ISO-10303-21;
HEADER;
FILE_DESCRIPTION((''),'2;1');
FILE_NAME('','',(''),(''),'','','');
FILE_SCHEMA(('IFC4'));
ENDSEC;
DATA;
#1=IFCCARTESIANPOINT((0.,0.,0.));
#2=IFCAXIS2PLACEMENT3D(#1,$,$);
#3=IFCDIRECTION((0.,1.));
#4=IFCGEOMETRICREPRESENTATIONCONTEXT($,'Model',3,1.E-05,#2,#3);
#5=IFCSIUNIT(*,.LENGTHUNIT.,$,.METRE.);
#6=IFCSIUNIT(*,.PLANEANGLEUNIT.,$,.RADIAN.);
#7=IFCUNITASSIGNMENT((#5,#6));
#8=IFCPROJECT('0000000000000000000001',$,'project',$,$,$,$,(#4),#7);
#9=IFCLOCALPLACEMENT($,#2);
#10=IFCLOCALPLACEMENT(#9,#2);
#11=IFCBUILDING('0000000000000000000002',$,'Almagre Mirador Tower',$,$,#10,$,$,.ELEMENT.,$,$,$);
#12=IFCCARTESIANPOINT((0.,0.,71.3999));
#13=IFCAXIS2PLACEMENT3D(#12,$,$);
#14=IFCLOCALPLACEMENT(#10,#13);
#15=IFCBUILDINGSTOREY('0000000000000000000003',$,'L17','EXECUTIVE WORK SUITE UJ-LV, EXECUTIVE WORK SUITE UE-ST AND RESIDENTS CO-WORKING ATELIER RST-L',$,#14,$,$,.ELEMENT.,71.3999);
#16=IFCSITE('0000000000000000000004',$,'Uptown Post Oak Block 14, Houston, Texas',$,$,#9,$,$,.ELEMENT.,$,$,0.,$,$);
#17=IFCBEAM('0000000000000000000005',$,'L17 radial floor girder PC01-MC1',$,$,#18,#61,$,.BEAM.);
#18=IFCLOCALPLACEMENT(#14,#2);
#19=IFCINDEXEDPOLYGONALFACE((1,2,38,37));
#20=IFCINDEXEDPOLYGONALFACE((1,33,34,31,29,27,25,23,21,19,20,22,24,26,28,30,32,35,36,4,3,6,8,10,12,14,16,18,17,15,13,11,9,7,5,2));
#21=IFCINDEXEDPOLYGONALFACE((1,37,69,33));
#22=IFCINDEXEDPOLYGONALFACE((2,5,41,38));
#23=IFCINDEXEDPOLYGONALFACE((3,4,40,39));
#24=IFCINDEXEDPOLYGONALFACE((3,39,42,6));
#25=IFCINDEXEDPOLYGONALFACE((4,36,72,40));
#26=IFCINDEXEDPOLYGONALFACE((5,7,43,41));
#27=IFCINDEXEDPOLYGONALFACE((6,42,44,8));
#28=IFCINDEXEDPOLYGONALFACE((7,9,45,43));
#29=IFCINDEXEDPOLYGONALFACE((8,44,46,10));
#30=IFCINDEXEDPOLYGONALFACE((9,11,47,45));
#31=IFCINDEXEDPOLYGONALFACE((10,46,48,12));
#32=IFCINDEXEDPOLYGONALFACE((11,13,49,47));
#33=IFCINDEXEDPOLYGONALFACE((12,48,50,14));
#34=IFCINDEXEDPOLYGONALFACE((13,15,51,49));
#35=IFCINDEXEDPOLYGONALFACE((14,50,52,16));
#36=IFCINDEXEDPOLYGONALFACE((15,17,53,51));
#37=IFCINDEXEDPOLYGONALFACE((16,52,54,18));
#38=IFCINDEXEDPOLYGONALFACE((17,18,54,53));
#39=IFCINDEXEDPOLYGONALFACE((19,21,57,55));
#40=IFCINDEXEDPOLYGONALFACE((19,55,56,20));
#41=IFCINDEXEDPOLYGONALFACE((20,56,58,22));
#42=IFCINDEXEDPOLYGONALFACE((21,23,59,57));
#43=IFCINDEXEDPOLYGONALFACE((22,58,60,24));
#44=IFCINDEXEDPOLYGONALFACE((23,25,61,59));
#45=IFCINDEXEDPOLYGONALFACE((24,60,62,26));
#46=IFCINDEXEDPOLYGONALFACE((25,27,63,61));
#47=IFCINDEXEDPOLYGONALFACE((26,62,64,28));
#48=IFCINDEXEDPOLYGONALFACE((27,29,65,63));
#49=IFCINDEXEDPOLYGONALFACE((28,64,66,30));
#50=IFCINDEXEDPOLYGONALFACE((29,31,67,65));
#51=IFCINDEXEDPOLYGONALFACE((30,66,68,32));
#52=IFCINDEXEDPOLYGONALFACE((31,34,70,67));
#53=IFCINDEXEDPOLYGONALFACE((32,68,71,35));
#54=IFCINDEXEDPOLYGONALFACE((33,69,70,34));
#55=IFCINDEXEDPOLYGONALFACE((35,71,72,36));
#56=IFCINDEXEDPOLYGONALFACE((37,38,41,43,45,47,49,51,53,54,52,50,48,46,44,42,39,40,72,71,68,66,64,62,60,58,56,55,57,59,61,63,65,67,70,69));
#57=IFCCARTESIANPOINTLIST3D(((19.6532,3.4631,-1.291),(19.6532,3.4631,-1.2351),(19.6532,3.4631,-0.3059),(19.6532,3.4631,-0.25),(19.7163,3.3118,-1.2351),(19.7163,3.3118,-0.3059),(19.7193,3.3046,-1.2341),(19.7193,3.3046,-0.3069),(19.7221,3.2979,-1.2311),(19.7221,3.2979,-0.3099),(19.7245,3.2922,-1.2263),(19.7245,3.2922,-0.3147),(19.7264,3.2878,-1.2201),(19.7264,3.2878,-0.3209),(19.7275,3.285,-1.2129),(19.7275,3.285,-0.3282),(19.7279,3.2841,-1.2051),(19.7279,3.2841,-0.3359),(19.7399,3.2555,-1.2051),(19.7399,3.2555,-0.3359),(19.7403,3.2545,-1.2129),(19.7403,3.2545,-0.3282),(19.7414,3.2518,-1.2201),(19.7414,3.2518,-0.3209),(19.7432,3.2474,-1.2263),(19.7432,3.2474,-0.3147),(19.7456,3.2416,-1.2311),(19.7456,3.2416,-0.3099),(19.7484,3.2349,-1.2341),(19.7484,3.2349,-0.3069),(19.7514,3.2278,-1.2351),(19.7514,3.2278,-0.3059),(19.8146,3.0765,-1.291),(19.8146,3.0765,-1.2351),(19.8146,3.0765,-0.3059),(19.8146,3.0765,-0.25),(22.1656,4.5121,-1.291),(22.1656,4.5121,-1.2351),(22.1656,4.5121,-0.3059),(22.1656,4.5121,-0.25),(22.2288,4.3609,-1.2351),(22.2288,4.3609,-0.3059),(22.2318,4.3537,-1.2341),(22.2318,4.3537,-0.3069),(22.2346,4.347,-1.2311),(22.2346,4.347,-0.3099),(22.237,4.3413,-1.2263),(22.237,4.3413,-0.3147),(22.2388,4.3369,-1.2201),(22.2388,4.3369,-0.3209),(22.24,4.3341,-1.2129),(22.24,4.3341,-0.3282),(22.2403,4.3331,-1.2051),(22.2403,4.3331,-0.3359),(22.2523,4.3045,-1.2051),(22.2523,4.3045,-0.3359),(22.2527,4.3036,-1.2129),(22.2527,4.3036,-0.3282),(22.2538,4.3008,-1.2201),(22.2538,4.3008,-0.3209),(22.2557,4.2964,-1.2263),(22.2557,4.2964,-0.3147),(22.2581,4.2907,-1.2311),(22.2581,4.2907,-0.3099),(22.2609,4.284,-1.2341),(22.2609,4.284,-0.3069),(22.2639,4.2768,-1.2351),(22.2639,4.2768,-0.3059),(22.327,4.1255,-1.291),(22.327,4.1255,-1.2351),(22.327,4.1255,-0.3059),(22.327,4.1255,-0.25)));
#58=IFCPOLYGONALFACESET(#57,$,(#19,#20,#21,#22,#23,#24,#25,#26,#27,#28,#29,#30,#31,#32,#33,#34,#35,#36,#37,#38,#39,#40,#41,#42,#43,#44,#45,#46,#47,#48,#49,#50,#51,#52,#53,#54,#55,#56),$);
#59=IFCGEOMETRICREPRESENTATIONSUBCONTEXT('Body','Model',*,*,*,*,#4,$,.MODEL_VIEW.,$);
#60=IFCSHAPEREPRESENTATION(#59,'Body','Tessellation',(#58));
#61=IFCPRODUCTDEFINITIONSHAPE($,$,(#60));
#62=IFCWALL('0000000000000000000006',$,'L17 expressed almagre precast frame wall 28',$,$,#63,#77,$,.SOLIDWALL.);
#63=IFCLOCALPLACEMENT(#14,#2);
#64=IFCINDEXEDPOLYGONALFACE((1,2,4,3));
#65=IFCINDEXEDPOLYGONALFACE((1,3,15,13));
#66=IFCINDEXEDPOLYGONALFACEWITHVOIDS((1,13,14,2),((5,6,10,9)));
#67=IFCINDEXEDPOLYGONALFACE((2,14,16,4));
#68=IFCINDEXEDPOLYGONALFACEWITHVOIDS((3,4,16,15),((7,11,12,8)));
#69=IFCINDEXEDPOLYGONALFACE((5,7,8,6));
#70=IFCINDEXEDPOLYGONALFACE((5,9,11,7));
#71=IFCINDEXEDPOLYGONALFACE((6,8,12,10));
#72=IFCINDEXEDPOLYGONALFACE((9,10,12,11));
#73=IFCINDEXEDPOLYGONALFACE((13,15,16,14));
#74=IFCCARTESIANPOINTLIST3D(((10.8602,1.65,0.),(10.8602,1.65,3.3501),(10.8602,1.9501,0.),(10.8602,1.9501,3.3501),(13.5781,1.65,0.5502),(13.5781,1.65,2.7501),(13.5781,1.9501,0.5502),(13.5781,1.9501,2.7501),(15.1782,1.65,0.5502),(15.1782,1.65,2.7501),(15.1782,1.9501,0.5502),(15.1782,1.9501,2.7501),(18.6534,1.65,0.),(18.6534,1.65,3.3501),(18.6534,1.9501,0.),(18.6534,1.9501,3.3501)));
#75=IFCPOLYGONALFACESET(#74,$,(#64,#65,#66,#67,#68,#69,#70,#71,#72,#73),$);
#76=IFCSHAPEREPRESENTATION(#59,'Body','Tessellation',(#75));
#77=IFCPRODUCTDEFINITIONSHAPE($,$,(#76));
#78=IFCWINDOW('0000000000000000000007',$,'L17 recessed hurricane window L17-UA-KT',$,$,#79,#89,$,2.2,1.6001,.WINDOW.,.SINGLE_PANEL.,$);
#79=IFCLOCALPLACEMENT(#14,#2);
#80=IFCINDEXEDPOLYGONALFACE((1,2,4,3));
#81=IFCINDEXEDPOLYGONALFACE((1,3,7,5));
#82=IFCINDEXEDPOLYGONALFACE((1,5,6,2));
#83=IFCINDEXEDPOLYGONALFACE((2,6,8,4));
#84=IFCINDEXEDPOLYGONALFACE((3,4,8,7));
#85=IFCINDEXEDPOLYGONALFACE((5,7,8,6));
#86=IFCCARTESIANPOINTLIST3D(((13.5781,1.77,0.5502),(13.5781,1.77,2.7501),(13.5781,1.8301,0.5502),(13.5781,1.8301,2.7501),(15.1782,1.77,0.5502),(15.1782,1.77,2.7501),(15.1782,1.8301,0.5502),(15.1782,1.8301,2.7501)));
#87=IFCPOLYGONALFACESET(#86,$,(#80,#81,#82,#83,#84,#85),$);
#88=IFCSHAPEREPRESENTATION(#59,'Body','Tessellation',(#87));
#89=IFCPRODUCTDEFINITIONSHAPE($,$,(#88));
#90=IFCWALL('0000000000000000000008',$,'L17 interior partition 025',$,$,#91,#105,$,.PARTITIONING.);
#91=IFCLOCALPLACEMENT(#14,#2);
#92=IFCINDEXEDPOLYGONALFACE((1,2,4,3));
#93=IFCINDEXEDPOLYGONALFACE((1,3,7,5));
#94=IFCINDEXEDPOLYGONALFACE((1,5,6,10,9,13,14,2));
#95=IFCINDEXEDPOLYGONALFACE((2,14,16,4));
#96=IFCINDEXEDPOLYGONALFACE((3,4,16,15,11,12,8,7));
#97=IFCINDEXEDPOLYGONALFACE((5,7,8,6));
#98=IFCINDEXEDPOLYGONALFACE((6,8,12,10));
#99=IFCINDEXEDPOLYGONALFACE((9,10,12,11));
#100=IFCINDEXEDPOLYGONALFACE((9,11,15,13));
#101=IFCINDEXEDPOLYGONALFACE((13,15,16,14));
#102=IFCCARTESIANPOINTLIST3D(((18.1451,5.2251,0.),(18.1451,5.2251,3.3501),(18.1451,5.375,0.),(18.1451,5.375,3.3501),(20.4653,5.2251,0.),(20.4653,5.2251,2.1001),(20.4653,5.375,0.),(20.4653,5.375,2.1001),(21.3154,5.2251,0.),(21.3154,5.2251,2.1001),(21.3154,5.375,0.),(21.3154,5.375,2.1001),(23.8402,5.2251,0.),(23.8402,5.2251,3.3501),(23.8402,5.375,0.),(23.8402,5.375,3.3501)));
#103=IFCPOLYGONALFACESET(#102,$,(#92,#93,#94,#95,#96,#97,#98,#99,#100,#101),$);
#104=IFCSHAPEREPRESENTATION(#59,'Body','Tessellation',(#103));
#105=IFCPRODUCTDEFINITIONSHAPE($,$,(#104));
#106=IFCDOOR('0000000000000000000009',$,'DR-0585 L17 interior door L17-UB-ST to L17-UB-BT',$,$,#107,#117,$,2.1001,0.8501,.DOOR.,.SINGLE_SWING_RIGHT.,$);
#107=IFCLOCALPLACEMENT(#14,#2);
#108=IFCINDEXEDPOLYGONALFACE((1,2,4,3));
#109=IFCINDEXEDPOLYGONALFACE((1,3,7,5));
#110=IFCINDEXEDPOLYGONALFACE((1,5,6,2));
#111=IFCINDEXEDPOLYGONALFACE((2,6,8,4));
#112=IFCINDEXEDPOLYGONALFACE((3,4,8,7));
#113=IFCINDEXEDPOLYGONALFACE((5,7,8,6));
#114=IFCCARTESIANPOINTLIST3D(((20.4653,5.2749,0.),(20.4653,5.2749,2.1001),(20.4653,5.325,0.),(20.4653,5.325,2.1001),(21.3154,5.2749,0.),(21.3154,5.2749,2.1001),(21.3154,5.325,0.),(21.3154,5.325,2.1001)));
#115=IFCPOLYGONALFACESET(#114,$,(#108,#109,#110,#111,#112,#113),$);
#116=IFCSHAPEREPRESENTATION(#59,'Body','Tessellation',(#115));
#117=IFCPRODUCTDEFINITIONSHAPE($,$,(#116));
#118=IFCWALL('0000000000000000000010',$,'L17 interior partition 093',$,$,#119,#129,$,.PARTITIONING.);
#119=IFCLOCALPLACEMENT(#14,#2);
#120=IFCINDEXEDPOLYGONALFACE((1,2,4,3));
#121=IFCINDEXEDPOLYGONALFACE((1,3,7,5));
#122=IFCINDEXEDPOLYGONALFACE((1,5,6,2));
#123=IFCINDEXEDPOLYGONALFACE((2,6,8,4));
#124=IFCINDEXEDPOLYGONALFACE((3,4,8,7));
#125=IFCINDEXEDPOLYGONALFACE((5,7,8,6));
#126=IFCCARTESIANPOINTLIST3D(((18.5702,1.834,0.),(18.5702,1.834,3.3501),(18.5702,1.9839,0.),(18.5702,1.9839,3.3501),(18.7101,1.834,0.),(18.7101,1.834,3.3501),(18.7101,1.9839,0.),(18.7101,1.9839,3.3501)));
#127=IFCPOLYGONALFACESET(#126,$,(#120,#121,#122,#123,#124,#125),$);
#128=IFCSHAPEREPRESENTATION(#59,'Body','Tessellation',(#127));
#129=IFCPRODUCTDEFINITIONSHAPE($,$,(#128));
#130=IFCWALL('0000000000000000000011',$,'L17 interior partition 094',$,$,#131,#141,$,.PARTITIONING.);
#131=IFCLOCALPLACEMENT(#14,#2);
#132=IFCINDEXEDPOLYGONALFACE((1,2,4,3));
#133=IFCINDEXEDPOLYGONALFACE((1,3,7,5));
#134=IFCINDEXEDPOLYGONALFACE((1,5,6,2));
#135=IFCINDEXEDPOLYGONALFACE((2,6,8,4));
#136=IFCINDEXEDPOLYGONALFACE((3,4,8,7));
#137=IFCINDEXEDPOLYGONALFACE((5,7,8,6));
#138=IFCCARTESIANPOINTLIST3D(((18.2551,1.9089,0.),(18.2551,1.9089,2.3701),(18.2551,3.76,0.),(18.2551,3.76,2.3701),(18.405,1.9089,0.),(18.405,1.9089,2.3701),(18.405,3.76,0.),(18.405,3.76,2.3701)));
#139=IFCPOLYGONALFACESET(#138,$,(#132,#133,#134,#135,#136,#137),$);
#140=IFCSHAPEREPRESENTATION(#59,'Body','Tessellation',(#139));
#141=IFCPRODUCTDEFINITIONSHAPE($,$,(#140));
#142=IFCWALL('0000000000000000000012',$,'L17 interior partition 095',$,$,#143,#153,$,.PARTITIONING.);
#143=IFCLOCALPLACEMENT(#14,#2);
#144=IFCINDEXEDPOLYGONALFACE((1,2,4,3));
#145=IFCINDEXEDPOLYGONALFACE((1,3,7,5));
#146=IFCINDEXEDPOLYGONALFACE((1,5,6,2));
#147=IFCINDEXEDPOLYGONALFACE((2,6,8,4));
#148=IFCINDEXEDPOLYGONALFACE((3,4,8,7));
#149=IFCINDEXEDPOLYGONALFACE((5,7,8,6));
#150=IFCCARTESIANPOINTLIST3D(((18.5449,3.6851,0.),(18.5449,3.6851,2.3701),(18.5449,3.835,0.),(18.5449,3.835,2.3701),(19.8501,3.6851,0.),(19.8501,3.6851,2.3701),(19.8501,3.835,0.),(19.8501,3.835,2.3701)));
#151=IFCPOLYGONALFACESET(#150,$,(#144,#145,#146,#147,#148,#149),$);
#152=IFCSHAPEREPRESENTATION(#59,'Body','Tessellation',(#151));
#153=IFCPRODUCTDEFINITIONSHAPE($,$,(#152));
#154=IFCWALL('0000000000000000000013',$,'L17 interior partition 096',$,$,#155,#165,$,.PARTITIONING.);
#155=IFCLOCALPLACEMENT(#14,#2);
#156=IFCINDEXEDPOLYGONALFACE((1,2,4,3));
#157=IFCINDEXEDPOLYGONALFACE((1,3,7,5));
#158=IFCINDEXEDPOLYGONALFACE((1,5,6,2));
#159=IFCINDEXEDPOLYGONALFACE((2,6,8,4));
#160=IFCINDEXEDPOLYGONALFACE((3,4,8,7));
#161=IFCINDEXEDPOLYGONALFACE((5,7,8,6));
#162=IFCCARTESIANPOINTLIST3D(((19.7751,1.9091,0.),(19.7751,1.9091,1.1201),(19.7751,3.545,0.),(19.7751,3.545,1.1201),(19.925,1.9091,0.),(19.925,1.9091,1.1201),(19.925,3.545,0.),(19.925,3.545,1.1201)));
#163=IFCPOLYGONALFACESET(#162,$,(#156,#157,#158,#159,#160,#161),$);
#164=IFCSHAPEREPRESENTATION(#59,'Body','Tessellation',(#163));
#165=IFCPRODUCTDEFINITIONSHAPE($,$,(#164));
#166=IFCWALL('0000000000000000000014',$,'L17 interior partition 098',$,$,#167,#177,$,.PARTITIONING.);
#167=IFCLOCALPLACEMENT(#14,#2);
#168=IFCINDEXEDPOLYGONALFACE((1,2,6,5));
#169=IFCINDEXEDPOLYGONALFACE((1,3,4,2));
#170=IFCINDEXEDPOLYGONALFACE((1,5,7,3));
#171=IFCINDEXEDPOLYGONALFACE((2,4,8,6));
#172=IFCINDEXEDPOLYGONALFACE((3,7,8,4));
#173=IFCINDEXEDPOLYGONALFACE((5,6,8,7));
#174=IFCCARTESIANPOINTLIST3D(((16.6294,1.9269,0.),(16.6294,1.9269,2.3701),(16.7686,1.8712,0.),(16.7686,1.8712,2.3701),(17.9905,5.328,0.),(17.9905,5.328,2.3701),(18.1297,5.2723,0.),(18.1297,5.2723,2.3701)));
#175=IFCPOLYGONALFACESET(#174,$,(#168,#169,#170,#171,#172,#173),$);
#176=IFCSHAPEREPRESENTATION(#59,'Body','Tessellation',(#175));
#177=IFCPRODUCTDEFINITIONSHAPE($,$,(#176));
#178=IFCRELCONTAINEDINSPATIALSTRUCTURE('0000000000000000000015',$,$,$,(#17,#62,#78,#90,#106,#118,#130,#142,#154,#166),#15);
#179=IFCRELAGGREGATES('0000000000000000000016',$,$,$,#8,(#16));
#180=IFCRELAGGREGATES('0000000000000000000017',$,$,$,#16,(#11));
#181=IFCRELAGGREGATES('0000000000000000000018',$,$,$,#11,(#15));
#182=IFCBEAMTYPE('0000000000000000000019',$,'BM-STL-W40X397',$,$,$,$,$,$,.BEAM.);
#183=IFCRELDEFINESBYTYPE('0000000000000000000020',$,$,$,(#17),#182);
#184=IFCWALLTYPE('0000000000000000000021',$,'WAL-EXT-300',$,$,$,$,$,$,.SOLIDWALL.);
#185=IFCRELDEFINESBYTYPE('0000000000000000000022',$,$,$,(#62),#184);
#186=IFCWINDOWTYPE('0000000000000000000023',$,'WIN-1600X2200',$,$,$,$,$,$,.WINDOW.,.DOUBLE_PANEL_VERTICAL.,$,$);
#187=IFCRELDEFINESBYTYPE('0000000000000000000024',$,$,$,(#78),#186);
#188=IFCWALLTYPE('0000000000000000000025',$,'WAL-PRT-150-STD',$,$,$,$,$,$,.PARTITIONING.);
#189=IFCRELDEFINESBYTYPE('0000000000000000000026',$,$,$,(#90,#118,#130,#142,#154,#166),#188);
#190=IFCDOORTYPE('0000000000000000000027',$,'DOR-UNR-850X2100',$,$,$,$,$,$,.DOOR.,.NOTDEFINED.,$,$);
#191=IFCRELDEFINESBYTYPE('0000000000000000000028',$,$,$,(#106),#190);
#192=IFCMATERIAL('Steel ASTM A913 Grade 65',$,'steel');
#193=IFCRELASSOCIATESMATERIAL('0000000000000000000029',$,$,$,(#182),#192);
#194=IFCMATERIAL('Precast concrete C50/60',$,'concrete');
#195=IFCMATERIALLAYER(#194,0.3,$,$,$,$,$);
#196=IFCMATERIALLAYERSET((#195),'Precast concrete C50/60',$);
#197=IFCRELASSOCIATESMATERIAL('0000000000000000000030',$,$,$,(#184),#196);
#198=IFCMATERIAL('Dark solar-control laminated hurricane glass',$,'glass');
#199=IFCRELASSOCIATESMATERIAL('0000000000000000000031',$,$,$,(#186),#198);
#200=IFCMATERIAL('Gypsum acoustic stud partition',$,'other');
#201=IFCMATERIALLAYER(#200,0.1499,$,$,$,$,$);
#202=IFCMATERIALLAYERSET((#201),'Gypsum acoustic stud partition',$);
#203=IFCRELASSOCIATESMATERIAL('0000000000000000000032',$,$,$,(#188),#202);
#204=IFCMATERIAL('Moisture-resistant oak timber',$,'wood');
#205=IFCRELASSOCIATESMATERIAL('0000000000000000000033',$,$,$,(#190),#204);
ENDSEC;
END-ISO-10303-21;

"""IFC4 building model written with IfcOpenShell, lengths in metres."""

from ifc_helpers import new_model, si_unit, direction, frame, frame_2d, origin, origin_2d, place, context, subcontext, project, spatial, rectangle, i_section, extrude, material, layer, layer_set, material_profile, profile_set, type_object, element, fill, save


model = new_model("IFC4")

# Units and contexts
model_context = context("Model", 3, precision=1e-05, world=origin(), true_north=direction((0.0, 1.0)))
body_context = subcontext(model_context, "Body", "Model", "MODEL_VIEW")
ifc_project = project(units=[si_unit("LENGTHUNIT", "METRE"), si_unit("PLANEANGLEUNIT", "RADIAN")], contexts=[model_context])

# Site, building, storey
site_placement = place(None, origin())
site = spatial("IfcSite", under=ifc_project, at=site_placement, Name="Uptown Post Oak Block 14, Houston, Texas", CompositionType="ELEMENT", RefElevation=0.0)
building_placement = place(site_placement, origin())
building = spatial("IfcBuilding", under=site, at=building_placement, Name="Almagre Mirador Tower", CompositionType="ELEMENT")
storey_placement = place(building_placement, frame((0.0, 0.0, 71.3999)))
storey = spatial("IfcBuildingStorey", under=building, at=storey_placement, Name="L17", Description="EXECUTIVE WORK SUITE UJ-LV, EXECUTIVE WORK SUITE UE-ST AND RESIDENTS CO-WORKING ATELIER RST-L", CompositionType="ELEMENT", Elevation=71.3999)

# Beam
ifc_material_1 = material(Name="Steel ASTM A913 Grade 65", Category="steel")
ifc_material_profile_1 = material_profile(ifc_material_1, i_section(OverallWidth=0.4189, OverallDepth=1.041, WebThickness=0.031, FlangeThickness=0.0559, FilletRadius=0.03, at=origin_2d()), Name="W40X397")
ifc_profile_set_1 = profile_set([ifc_material_profile_1], Name="Steel ASTM A913 Grade 65")
beam_type_1 = type_object("IfcBeamType", Name="BM-STL-W40X397", PredefinedType="BEAM", material=ifc_profile_set_1)
beam_1_placement = place(storey_placement, frame((19.7339, 3.2698, -0.7705), z_axis=(0.922787, 0.385309, 0.0), x_axis=(-0.385309, 0.922787, 0.0)))
element("IfcBeam", 1, at=beam_1_placement, inside=storey, type_object=beam_type_1, Name="L17 radial floor girder PC01-MC1", PredefinedType="BEAM", context=body_context, shape_type="SweptSolid", body=[
    extrude(i_section(OverallWidth=0.4189, OverallDepth=1.041, WebThickness=0.031, FlangeThickness=0.0559, FilletRadius=0.03, at=origin_2d()), origin(), (0.0, 0.0, 1.0), 2.7227),
])

# Wall, opening, window
ifc_material_2 = material(Name="Precast concrete C50/60", Category="concrete")
ifc_layer_1 = layer(ifc_material_2, 0.3)
ifc_layer_set_1 = layer_set([ifc_layer_1], Name="Precast concrete C50/60")
wall_type_1 = type_object("IfcWallType", Name="WAL-EXT-300", PredefinedType="SOLIDWALL", material=ifc_layer_set_1)
wall_1_placement = place(storey_placement, frame((18.6533, 1.8, 0.0), z_axis=(0.0, 0.0, 1.0), x_axis=(-1.0, 0.0, 0.0)))
wall_1 = element("IfcWall", 2, at=wall_1_placement, inside=storey, type_object=wall_type_1, Name="L17 expressed almagre precast frame wall 28", PredefinedType="SOLIDWALL", context=body_context, shape_type="SweptSolid", body=[
    extrude(rectangle(XDim=7.7932, YDim=0.3, at=frame_2d((3.8965, 0.0))), origin(), (0.0, 0.0, 1.0), 3.3501),
])
opening_1_placement = place(wall_1_placement, frame((3.4751, 0.0, 0.55)))
opening_1 = element("IfcOpeningElement", 3, at=opening_1_placement, cuts=wall_1, PredefinedType="OPENING", context=body_context, shape_type="SweptSolid", body=[
    extrude(rectangle(XDim=1.6001, YDim=2.2, at=frame_2d((0.8, 1.1001))), frame((0.0, 0.1599, 0.0), z_axis=(0.0, -1.0, 0.0), x_axis=(1.0, 0.0, 0.0)), (0.0, 0.0, 1.0), 0.32),
])
ifc_material_3 = material(Name="Dark solar-control laminated hurricane glass", Category="glass")
window_type = type_object("IfcWindowType", Name="WIN-1600X2200", PartitioningType="DOUBLE_PANEL_VERTICAL", PredefinedType="WINDOW", material=ifc_material_3)
window_placement = place(opening_1_placement, origin())
window = element("IfcWindow", 4, at=window_placement, inside=storey, type_object=window_type, Name="L17 recessed hurricane window L17-UA-KT", OverallHeight=2.2, OverallWidth=1.6001, PartitioningType="SINGLE_PANEL", PredefinedType="WINDOW", context=body_context, shape_type="SweptSolid", body=[
    extrude(rectangle(XDim=1.6001, YDim=2.2, at=frame_2d((0.8, 1.1001))), frame((0.0, 0.03, 0.0), z_axis=(0.0, -1.0, 0.0), x_axis=(1.0, 0.0, 0.0)), (0.0, 0.0, 1.0), 0.0601),
])
fill(opening_1, window)

# Wall, opening, door
ifc_material_4 = material(Name="Gypsum acoustic stud partition", Category="other")
ifc_layer_2 = layer(ifc_material_4, 0.1499)
ifc_layer_set_2 = layer_set([ifc_layer_2], Name="Gypsum acoustic stud partition")
wall_type_2 = type_object("IfcWallType", Name="WAL-PRT-150-STD", PredefinedType="PARTITIONING", material=ifc_layer_set_2)
wall_2_placement = place(storey_placement, frame((18.145, 5.3, 0.0), z_axis=(0.0, 0.0, 1.0), x_axis=(1.0, 0.0, 0.0)))
wall_2 = element("IfcWall", 5, at=wall_2_placement, inside=storey, type_object=wall_type_2, Name="L17 interior partition 025", PredefinedType="PARTITIONING", context=body_context, shape_type="SweptSolid", body=[
    extrude(rectangle(XDim=5.6951, YDim=0.1499, at=frame_2d((2.8477, 0.0))), origin(), (0.0, 0.0, 1.0), 3.3501),
])
opening_2_placement = place(wall_2_placement, frame((2.3203, 0.0, 0.0)))
opening_2 = element("IfcOpeningElement", 6, at=opening_2_placement, cuts=wall_2, PredefinedType="OPENING", context=body_context, shape_type="SweptSolid", body=[
    extrude(rectangle(XDim=0.8501, YDim=2.1001, at=frame_2d((0.425, 1.05))), frame((0.0, 0.085, 0.0), z_axis=(0.0, -1.0, 0.0), x_axis=(1.0, 0.0, 0.0)), (0.0, 0.0, 1.0), 0.1699),
])
ifc_material_5 = material(Name="Moisture-resistant oak timber", Category="wood")
door_type_1 = type_object("IfcDoorType", Name="DOR-UNR-850X2100", OperationType="NOTDEFINED", PredefinedType="DOOR", material=ifc_material_5)
door_1_placement = place(opening_2_placement, origin())
door_1 = element("IfcDoor", 7, at=door_1_placement, inside=storey, type_object=door_type_1, Name="DR-0585 L17 interior door L17-UB-ST to L17-UB-BT", OperationType="SINGLE_SWING_RIGHT", OverallHeight=2.1001, OverallWidth=0.8501, PredefinedType="DOOR", context=body_context, shape_type="SweptSolid", body=[
    extrude(rectangle(XDim=0.8501, YDim=2.1001, at=frame_2d((0.425, 1.05))), frame((0.0, 0.0249, 0.0), z_axis=(0.0, -1.0, 0.0), x_axis=(1.0, 0.0, 0.0)), (0.0, 0.0, 1.0), 0.05),
])
fill(opening_2, door_1)

# Walls
wall_3_placement = place(storey_placement, frame((18.71, 1.9089, 0.0), z_axis=(0.0, 0.0, 1.0), x_axis=(-1.0, 0.0, 0.0)))
element("IfcWall", 8, at=wall_3_placement, inside=storey, type_object=wall_type_2, Name="L17 interior partition 093", PredefinedType="PARTITIONING", context=body_context, shape_type="SweptSolid", body=[
    extrude(rectangle(XDim=0.1399, YDim=0.1499, at=frame_2d((0.0698, 0.0))), origin(), (0.0, 0.0, 1.0), 3.3501),
])
wall_4_placement = place(storey_placement, frame((18.3301, 1.9089, 0.0), z_axis=(0.0, 0.0, 1.0), x_axis=(0.0, 1.0, 0.0)))
element("IfcWall", 9, at=wall_4_placement, inside=storey, type_object=wall_type_2, Name="L17 interior partition 094", PredefinedType="PARTITIONING", context=body_context, shape_type="SweptSolid", body=[
    extrude(rectangle(XDim=1.8511, YDim=0.1499, at=frame_2d((0.9255, 0.0))), origin(), (0.0, 0.0, 1.0), 2.3701),
])
wall_5_placement = place(storey_placement, frame((18.5449, 3.76, 0.0), z_axis=(0.0, 0.0, 1.0), x_axis=(1.0, 0.0, 0.0)))
element("IfcWall", 10, at=wall_5_placement, inside=storey, type_object=wall_type_2, Name="L17 interior partition 095", PredefinedType="PARTITIONING", context=body_context, shape_type="SweptSolid", body=[
    extrude(rectangle(XDim=1.3052, YDim=0.1499, at=frame_2d((0.6526, 0.0))), origin(), (0.0, 0.0, 1.0), 2.3701),
])
wall_6_placement = place(storey_placement, frame((19.8501, 3.5449, 0.0), z_axis=(0.0, 0.0, 1.0), x_axis=(0.0, -1.0, 0.0)))
element("IfcWall", 11, at=wall_6_placement, inside=storey, type_object=wall_type_2, Name="L17 interior partition 096", PredefinedType="PARTITIONING", context=body_context, shape_type="SweptSolid", body=[
    extrude(rectangle(XDim=1.636, YDim=0.1499, at=frame_2d((0.8179, 0.0))), origin(), (0.0, 0.0, 1.0), 1.1201),
])
wall_7_placement = place(storey_placement, frame((18.0601, 5.3, 0.0), z_axis=(0.0, 0.0, 1.0), x_axis=(-0.37154, -0.928417, 0.0)))
element("IfcWall", 12, at=wall_7_placement, inside=storey, type_object=wall_type_2, Name="L17 interior partition 098", PredefinedType="PARTITIONING", context=body_context, shape_type="SweptSolid", body=[
    extrude(rectangle(XDim=3.6633, YDim=0.1499, at=frame_2d((1.8315, 0.0))), origin(), (0.0, 0.0, 1.0), 2.3701),
])

save(model, "model.ifc")
